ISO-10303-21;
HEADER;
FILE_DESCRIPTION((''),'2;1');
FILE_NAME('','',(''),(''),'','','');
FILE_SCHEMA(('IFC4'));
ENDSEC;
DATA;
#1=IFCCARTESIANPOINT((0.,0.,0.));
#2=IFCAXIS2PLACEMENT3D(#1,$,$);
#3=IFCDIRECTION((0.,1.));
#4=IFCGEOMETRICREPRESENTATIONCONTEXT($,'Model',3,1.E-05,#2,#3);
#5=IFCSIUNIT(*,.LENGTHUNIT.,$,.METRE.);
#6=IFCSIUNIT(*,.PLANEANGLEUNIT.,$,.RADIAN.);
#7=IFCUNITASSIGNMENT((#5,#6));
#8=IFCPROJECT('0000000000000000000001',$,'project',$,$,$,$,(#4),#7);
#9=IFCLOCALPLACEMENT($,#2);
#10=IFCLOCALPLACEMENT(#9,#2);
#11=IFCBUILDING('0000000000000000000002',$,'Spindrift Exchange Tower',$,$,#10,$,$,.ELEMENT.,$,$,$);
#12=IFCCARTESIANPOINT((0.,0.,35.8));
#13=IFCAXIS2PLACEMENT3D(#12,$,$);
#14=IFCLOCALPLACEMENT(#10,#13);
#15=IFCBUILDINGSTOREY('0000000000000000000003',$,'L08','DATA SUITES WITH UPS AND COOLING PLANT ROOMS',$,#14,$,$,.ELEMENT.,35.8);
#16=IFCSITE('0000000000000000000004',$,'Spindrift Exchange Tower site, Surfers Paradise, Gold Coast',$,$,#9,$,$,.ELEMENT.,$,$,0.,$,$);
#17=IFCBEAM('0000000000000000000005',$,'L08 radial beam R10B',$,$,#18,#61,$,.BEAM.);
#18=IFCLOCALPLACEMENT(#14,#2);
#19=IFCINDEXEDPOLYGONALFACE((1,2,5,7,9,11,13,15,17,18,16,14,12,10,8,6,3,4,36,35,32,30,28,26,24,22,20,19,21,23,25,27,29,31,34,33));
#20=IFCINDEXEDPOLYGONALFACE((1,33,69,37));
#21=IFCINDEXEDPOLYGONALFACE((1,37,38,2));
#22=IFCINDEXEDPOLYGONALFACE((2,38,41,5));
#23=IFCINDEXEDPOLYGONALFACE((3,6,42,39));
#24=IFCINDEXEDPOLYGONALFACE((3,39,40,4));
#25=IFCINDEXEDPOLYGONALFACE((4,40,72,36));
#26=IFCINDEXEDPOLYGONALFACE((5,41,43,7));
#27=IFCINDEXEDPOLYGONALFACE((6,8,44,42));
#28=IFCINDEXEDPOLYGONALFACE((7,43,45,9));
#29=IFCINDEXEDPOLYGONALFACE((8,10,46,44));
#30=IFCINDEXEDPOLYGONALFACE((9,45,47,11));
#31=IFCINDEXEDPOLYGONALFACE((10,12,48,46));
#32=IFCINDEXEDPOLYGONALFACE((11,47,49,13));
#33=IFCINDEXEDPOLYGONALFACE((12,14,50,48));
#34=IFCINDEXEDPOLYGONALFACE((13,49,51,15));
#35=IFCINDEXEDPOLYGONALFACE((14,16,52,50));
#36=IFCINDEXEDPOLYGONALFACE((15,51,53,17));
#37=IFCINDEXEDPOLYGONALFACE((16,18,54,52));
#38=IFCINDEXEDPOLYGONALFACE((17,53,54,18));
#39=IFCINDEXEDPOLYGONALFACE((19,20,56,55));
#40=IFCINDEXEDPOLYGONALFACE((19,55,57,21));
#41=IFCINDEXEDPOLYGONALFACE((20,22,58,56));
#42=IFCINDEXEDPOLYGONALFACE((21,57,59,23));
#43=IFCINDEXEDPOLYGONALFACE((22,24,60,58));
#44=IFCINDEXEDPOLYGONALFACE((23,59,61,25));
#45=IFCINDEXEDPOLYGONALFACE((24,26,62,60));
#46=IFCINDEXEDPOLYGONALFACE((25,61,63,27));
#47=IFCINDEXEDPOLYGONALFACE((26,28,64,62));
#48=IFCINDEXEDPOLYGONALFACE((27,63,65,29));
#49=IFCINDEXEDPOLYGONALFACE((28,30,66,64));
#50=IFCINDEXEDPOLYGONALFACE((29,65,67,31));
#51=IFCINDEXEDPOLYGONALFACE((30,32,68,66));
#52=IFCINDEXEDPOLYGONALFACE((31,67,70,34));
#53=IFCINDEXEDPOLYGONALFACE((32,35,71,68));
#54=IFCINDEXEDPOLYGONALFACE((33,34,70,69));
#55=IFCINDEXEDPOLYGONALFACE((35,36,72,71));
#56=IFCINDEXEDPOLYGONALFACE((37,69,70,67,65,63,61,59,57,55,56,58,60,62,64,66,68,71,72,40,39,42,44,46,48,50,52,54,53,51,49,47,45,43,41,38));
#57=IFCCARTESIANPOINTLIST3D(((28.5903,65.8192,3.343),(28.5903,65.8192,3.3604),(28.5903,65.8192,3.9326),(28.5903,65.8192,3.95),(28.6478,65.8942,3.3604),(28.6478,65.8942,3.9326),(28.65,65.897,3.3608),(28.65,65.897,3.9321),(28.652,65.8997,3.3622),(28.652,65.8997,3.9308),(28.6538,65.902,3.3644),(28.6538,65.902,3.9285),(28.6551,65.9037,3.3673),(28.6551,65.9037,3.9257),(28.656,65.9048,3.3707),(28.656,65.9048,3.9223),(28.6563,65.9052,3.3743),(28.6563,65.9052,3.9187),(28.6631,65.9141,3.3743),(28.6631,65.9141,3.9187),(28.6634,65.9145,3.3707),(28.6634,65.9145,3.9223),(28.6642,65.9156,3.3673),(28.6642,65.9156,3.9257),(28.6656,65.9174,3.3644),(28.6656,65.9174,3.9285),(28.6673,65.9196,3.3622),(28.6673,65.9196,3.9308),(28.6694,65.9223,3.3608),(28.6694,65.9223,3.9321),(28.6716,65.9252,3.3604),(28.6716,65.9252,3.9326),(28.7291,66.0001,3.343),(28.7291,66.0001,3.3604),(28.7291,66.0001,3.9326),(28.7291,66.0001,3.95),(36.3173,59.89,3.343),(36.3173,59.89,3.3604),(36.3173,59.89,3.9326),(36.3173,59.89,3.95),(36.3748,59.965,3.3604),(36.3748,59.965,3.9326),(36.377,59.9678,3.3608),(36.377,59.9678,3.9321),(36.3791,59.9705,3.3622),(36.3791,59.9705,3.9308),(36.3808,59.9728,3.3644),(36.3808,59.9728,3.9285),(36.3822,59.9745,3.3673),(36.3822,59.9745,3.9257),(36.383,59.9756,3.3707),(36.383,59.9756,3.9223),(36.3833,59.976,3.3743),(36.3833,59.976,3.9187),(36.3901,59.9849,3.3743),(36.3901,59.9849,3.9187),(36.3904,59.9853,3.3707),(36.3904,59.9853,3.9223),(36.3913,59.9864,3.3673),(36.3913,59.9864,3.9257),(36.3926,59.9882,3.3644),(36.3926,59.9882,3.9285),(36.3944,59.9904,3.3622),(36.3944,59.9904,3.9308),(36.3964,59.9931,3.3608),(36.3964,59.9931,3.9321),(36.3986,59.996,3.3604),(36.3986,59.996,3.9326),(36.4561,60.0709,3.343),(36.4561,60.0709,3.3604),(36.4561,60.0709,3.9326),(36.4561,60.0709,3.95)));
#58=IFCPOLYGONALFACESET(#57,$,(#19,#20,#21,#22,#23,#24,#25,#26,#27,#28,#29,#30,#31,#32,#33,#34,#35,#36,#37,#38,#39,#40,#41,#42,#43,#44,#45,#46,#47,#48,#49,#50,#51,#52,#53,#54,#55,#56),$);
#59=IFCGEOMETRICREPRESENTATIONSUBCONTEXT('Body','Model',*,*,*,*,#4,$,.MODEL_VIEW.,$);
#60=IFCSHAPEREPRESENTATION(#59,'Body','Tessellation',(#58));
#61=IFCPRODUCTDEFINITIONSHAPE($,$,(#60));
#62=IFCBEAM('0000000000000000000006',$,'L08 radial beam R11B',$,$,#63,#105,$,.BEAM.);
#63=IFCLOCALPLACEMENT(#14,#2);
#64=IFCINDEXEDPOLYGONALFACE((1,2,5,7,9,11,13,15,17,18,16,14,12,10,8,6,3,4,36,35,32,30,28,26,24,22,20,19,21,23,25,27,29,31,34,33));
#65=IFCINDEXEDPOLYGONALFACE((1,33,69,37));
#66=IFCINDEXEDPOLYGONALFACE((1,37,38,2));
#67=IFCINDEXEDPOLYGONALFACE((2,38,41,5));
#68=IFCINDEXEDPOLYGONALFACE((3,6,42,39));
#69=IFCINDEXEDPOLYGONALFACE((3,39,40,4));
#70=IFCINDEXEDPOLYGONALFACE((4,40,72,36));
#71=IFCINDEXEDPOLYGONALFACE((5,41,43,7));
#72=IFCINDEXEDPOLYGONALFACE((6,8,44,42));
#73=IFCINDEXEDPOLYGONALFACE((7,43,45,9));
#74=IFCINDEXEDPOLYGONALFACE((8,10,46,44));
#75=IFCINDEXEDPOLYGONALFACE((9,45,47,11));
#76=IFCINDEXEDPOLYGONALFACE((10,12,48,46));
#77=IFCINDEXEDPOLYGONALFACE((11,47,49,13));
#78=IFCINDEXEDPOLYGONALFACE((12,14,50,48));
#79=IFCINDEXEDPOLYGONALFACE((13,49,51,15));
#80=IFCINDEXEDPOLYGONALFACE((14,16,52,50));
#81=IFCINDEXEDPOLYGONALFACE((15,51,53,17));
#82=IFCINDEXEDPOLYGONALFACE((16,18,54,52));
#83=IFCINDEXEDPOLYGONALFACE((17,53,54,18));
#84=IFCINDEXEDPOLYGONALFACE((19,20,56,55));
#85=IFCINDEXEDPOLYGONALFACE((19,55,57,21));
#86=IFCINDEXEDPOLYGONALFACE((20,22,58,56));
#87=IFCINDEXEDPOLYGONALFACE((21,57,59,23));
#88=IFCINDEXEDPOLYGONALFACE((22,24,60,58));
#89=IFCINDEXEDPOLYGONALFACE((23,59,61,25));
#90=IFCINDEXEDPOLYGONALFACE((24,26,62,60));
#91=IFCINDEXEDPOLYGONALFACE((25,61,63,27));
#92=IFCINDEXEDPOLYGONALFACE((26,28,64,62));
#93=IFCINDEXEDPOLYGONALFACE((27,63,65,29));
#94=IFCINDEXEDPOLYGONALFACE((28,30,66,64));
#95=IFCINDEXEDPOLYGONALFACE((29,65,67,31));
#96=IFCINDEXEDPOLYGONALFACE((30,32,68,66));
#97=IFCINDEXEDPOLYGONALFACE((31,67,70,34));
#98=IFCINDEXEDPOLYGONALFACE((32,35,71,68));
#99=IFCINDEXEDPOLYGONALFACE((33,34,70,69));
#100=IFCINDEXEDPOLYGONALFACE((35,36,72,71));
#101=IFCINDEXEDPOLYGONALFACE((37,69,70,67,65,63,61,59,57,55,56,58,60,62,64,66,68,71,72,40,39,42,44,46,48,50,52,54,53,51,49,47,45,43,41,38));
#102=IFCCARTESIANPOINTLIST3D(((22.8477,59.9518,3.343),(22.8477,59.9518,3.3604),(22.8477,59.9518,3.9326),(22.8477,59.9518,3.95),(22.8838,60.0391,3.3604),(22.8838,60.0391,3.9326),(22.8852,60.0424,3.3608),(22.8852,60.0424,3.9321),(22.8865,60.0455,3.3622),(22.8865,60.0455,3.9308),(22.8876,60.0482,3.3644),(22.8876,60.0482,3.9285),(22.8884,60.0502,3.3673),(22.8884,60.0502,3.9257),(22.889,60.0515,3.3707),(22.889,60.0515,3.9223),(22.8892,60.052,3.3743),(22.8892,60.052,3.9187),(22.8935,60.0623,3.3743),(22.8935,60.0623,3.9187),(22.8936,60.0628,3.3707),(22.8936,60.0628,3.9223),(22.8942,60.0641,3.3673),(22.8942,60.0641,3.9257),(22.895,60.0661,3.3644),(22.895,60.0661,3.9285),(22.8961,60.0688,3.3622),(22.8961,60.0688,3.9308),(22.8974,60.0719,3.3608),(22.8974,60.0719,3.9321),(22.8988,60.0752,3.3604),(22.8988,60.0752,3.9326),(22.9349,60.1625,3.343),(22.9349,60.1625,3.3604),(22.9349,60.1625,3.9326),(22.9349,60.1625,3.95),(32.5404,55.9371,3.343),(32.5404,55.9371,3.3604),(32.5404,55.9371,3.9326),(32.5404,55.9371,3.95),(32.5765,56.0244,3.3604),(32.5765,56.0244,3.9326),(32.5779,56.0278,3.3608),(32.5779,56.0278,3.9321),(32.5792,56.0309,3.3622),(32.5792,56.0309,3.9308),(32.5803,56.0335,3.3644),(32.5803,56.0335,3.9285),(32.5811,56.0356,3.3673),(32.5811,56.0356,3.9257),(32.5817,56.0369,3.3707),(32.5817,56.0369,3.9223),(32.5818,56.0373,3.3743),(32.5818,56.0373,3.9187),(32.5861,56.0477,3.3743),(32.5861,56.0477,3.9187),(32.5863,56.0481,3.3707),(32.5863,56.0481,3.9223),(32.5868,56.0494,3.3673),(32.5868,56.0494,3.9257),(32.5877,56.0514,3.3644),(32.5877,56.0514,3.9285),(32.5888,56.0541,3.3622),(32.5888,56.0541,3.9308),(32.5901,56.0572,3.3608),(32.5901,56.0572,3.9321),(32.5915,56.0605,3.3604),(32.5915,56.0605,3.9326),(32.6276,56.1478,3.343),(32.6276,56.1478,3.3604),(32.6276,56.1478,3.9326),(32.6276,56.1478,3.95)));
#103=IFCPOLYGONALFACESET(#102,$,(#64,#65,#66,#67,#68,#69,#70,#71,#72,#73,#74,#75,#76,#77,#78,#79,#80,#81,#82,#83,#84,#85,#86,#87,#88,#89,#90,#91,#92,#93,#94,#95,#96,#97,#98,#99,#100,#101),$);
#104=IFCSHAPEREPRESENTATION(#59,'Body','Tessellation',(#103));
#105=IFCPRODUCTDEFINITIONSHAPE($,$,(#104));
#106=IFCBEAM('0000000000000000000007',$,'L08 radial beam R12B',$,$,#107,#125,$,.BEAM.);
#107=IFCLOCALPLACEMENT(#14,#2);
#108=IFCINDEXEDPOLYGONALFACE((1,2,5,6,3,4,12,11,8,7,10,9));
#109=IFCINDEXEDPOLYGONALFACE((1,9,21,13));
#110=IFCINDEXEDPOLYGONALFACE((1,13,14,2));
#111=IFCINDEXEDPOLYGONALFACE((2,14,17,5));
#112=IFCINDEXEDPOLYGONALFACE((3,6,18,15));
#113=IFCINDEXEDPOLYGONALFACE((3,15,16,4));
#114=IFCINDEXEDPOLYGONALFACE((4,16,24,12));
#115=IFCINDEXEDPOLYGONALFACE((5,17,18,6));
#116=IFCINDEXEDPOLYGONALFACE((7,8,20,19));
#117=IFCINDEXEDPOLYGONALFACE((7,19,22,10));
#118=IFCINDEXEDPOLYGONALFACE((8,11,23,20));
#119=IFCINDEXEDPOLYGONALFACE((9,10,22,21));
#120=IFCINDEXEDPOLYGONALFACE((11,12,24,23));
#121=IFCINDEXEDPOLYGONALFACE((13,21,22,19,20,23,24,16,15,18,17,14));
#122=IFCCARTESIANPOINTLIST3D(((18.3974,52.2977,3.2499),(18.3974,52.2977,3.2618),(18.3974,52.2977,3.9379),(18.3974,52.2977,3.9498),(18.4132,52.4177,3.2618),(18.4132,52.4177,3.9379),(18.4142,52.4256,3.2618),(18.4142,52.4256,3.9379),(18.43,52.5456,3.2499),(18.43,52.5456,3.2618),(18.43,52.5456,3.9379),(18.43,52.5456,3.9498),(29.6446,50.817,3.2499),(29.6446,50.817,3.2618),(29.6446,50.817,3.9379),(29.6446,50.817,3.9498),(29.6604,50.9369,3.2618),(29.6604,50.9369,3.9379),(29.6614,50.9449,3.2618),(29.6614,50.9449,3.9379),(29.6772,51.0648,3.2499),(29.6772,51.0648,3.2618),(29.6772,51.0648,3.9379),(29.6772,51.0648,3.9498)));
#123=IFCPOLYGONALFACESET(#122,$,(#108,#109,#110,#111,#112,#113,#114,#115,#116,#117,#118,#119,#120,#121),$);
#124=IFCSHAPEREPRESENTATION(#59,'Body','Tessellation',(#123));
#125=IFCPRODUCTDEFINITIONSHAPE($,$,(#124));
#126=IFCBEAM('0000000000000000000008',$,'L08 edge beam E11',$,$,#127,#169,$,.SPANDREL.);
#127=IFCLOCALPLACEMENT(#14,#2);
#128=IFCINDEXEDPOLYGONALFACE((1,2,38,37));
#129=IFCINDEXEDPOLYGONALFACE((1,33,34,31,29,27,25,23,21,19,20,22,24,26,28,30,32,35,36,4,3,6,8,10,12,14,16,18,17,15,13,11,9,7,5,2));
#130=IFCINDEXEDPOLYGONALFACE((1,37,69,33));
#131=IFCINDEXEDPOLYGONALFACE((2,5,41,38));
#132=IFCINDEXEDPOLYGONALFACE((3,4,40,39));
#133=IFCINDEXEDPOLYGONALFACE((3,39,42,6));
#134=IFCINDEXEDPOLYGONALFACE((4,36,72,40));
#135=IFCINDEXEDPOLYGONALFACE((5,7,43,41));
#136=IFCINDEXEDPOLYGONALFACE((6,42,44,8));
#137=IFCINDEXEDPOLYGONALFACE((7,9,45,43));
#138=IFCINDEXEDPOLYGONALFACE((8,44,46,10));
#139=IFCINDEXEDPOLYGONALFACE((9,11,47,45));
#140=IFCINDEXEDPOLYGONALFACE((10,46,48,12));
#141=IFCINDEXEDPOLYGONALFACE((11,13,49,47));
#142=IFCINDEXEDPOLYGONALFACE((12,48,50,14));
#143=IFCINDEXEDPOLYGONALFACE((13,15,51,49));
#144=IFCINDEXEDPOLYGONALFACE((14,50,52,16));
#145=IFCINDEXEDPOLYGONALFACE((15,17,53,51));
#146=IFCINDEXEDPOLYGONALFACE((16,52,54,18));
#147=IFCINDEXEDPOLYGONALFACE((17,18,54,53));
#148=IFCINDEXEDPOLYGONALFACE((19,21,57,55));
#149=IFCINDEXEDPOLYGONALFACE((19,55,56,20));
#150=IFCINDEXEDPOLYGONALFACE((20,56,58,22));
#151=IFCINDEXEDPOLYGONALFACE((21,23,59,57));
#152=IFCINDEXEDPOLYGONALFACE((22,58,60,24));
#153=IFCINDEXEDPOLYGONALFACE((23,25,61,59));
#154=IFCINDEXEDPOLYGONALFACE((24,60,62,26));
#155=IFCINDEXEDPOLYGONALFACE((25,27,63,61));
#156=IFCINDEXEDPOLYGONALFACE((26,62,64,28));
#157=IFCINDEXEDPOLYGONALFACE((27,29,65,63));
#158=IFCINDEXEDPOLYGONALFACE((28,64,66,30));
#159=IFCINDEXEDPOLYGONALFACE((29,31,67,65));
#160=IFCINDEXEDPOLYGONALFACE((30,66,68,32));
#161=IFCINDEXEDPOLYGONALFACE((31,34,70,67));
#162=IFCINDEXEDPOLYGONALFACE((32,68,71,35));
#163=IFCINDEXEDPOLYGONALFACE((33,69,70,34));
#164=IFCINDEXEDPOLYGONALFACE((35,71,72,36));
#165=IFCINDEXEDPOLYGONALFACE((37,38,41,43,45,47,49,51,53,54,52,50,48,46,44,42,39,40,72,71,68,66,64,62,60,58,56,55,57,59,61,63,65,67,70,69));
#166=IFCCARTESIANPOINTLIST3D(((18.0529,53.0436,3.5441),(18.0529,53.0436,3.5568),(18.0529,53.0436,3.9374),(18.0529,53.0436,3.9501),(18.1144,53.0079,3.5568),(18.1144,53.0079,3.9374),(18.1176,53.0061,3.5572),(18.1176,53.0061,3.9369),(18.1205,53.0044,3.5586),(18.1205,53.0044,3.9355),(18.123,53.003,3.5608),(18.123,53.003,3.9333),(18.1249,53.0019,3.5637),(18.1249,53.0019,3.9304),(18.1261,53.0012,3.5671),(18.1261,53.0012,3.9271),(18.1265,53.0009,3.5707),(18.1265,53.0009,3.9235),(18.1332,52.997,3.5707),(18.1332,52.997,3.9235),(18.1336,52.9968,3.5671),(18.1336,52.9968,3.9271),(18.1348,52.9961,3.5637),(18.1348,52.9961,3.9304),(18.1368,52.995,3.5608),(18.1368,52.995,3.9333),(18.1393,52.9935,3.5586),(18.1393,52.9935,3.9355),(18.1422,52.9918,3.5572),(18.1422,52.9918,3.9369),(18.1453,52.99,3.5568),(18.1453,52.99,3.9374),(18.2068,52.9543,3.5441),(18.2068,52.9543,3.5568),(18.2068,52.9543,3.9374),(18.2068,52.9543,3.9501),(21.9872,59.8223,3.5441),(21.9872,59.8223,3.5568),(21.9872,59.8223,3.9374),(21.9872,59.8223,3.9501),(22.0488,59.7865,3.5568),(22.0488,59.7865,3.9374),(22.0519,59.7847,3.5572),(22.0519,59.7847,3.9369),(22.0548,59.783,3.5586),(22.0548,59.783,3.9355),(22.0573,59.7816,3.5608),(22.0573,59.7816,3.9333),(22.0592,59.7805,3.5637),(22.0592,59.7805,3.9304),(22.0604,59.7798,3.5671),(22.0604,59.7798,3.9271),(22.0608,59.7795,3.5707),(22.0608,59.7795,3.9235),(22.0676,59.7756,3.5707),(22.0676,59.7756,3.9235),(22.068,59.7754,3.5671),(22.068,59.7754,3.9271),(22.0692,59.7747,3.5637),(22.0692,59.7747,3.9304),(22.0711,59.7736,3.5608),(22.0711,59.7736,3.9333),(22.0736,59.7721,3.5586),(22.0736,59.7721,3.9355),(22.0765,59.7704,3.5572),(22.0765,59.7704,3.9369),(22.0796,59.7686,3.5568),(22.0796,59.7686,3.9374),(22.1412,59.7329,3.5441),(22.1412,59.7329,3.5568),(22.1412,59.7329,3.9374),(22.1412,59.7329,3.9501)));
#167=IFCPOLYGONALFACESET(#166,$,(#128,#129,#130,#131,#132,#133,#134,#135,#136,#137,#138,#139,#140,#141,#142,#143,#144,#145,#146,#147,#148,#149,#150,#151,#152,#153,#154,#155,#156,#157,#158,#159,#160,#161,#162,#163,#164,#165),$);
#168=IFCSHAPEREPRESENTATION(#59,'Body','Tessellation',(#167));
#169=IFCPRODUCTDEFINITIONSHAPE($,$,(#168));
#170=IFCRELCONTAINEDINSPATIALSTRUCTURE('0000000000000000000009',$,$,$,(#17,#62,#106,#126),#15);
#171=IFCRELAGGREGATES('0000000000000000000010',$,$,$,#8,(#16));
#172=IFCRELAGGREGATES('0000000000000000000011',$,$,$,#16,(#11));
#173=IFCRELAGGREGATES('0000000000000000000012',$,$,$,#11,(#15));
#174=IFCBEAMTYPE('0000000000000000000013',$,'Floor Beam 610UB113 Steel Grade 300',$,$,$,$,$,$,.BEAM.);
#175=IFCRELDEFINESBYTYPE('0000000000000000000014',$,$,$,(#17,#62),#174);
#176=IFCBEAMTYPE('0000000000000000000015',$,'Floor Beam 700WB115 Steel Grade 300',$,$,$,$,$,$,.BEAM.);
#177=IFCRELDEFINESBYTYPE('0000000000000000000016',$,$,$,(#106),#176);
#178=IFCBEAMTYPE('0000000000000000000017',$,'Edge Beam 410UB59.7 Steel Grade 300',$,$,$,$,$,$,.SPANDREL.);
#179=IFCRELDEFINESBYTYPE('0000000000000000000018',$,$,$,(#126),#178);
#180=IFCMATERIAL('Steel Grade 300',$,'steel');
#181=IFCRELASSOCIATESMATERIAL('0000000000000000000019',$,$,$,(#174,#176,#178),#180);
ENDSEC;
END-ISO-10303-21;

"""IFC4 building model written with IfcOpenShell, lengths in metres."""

from ifc_helpers import new_model, si_unit, direction, frame, origin, origin_2d, place, context, subcontext, project, spatial, i_section, extrude, source, transform, mapped, material, material_profile, profile_set, type_object, element, save


model = new_model("IFC4")

# Units and contexts
model_context = context("Model", 3, precision=1e-05, world=origin(), true_north=direction((0.0, 1.0)))
body_context = subcontext(model_context, "Body", "Model", "MODEL_VIEW")
ifc_project = project(units=[si_unit("LENGTHUNIT", "METRE"), si_unit("PLANEANGLEUNIT", "RADIAN")], contexts=[model_context])

# Site, building, storey
site_placement = place(None, origin())
site = spatial("IfcSite", under=ifc_project, at=site_placement, Name="Spindrift Exchange Tower site, Surfers Paradise, Gold Coast", CompositionType="ELEMENT", RefElevation=0.0)
building_placement = place(site_placement, origin())
building = spatial("IfcBuilding", under=site, at=building_placement, Name="Spindrift Exchange Tower", CompositionType="ELEMENT")
storey_placement = place(building_placement, frame((0.0, 0.0, 35.8)))
storey = spatial("IfcBuildingStorey", under=building, at=storey_placement, Name="L08", Description="DATA SUITES WITH UPS AND COOLING PLANT ROOMS", CompositionType="ELEMENT", Elevation=35.8)

# Beams
ifc_material_1 = material(Name="Steel Grade 300", Category="steel")
ifc_material_profile_1 = material_profile(ifc_material_1, i_section(OverallWidth=0.228, OverallDepth=0.6069, WebThickness=0.0112, FlangeThickness=0.0173, FilletRadius=0.0139, at=origin_2d()), Name="610UB113")
ifc_profile_set_1 = profile_set([ifc_material_profile_1], Name="Steel Grade 300")
beam_type_1 = type_object("IfcBeamType", Name="Floor Beam 610UB113 Steel Grade 300", PredefinedType="BEAM", material=ifc_profile_set_1)
shared_shape_1 = source(origin(), body_context, "Body", "SweptSolid", [
    extrude(i_section(OverallWidth=0.228, OverallDepth=0.6069, WebThickness=0.0112, FlangeThickness=0.0173, FilletRadius=0.0139, at=origin_2d()), origin(), (0.0, 0.0, 1.0), 9.7397),
])
beam_1_placement = place(storey_placement, frame((36.3867, 59.9805, 3.6465), z_axis=(-0.793352, 0.608763, 0.0), x_axis=(-0.608763, -0.793352, 0.0)))
element("IfcBeam", 1, at=beam_1_placement, inside=storey, type_object=beam_type_1, Name="L08 radial beam R10B", PredefinedType="BEAM", context=body_context, shape_type="MappedRepresentation", body=[
    mapped(shared_shape_1, transform((0.0, 0.0, 0.0), scale=1.0)),
])
shared_shape_2 = source(origin(), body_context, "Body", "SweptSolid", [
    extrude(i_section(OverallWidth=0.228, OverallDepth=0.6069, WebThickness=0.0112, FlangeThickness=0.0173, FilletRadius=0.0139, at=origin_2d()), origin(), (0.0, 0.0, 1.0), 10.4912),
])
beam_2_placement = place(storey_placement, frame((32.584, 56.0425, 3.6465), z_axis=(-0.923885, 0.38267, 0.0), x_axis=(-0.38267, -0.923885, 0.0)))
element("IfcBeam", 2, at=beam_2_placement, inside=storey, type_object=beam_type_1, Name="L08 radial beam R11B", PredefinedType="BEAM", context=body_context, shape_type="MappedRepresentation", body=[
    mapped(shared_shape_2, transform((0.0, 0.0, 0.0), scale=1.0)),
])
ifc_material_profile_2 = material_profile(ifc_material_1, i_section(OverallWidth=0.25, OverallDepth=0.7, WebThickness=0.0081, FlangeThickness=0.012, at=origin_2d()), Name="700WB115")
ifc_profile_set_2 = profile_set([ifc_material_profile_2], Name="Steel Grade 300")
beam_type_2 = type_object("IfcBeamType", Name="Floor Beam 700WB115 Steel Grade 300", PredefinedType="BEAM", material=ifc_profile_set_2)
shared_shape_3 = source(origin(), body_context, "Body", "SweptSolid", [
    extrude(i_section(OverallWidth=0.25, OverallDepth=0.7, WebThickness=0.0081, FlangeThickness=0.012, at=origin_2d()), origin(), (0.0, 0.0, 1.0), 11.3442),
])
beam_3_placement = place(storey_placement, frame((29.6609, 50.9409, 3.5999), z_axis=(-0.991445, 0.130527, 0.0), x_axis=(-0.130527, -0.991445, 0.0)))
element("IfcBeam", 3, at=beam_3_placement, inside=storey, type_object=beam_type_2, Name="L08 radial beam R12B", PredefinedType="BEAM", context=body_context, shape_type="MappedRepresentation", body=[
    mapped(shared_shape_3, transform((0.0, 0.0, 0.0), scale=1.0)),
])
ifc_material_profile_3 = material_profile(ifc_material_1, i_section(OverallWidth=0.178, OverallDepth=0.406, WebThickness=0.0078, FlangeThickness=0.0127, FilletRadius=0.0139, at=origin_2d()), Name="410UB59.7")
ifc_profile_set_3 = profile_set([ifc_material_profile_3], Name="Steel Grade 300")
beam_type_3 = type_object("IfcBeamType", Name="Edge Beam 410UB59.7 Steel Grade 300", PredefinedType="SPANDREL", material=ifc_profile_set_3)
shared_shape_4 = source(origin(), body_context, "Body", "SweptSolid", [
    extrude(i_section(OverallWidth=0.178, OverallDepth=0.406, WebThickness=0.0078, FlangeThickness=0.0127, FilletRadius=0.0139, at=origin_2d()), origin(), (0.0, 0.0, 1.0), 7.8376),
])
beam_4_placement = place(storey_placement, frame((22.0642, 59.7776, 3.7471), z_axis=(-0.501981, -0.864878, 0.0), x_axis=(0.864878, -0.501981, 0.0)))
element("IfcBeam", 4, at=beam_4_placement, inside=storey, type_object=beam_type_3, Name="L08 edge beam E11", PredefinedType="SPANDREL", context=body_context, shape_type="MappedRepresentation", body=[
    mapped(shared_shape_4, transform((0.0, 0.0, 0.0), scale=1.0)),
])

save(model, "model.ifc")
